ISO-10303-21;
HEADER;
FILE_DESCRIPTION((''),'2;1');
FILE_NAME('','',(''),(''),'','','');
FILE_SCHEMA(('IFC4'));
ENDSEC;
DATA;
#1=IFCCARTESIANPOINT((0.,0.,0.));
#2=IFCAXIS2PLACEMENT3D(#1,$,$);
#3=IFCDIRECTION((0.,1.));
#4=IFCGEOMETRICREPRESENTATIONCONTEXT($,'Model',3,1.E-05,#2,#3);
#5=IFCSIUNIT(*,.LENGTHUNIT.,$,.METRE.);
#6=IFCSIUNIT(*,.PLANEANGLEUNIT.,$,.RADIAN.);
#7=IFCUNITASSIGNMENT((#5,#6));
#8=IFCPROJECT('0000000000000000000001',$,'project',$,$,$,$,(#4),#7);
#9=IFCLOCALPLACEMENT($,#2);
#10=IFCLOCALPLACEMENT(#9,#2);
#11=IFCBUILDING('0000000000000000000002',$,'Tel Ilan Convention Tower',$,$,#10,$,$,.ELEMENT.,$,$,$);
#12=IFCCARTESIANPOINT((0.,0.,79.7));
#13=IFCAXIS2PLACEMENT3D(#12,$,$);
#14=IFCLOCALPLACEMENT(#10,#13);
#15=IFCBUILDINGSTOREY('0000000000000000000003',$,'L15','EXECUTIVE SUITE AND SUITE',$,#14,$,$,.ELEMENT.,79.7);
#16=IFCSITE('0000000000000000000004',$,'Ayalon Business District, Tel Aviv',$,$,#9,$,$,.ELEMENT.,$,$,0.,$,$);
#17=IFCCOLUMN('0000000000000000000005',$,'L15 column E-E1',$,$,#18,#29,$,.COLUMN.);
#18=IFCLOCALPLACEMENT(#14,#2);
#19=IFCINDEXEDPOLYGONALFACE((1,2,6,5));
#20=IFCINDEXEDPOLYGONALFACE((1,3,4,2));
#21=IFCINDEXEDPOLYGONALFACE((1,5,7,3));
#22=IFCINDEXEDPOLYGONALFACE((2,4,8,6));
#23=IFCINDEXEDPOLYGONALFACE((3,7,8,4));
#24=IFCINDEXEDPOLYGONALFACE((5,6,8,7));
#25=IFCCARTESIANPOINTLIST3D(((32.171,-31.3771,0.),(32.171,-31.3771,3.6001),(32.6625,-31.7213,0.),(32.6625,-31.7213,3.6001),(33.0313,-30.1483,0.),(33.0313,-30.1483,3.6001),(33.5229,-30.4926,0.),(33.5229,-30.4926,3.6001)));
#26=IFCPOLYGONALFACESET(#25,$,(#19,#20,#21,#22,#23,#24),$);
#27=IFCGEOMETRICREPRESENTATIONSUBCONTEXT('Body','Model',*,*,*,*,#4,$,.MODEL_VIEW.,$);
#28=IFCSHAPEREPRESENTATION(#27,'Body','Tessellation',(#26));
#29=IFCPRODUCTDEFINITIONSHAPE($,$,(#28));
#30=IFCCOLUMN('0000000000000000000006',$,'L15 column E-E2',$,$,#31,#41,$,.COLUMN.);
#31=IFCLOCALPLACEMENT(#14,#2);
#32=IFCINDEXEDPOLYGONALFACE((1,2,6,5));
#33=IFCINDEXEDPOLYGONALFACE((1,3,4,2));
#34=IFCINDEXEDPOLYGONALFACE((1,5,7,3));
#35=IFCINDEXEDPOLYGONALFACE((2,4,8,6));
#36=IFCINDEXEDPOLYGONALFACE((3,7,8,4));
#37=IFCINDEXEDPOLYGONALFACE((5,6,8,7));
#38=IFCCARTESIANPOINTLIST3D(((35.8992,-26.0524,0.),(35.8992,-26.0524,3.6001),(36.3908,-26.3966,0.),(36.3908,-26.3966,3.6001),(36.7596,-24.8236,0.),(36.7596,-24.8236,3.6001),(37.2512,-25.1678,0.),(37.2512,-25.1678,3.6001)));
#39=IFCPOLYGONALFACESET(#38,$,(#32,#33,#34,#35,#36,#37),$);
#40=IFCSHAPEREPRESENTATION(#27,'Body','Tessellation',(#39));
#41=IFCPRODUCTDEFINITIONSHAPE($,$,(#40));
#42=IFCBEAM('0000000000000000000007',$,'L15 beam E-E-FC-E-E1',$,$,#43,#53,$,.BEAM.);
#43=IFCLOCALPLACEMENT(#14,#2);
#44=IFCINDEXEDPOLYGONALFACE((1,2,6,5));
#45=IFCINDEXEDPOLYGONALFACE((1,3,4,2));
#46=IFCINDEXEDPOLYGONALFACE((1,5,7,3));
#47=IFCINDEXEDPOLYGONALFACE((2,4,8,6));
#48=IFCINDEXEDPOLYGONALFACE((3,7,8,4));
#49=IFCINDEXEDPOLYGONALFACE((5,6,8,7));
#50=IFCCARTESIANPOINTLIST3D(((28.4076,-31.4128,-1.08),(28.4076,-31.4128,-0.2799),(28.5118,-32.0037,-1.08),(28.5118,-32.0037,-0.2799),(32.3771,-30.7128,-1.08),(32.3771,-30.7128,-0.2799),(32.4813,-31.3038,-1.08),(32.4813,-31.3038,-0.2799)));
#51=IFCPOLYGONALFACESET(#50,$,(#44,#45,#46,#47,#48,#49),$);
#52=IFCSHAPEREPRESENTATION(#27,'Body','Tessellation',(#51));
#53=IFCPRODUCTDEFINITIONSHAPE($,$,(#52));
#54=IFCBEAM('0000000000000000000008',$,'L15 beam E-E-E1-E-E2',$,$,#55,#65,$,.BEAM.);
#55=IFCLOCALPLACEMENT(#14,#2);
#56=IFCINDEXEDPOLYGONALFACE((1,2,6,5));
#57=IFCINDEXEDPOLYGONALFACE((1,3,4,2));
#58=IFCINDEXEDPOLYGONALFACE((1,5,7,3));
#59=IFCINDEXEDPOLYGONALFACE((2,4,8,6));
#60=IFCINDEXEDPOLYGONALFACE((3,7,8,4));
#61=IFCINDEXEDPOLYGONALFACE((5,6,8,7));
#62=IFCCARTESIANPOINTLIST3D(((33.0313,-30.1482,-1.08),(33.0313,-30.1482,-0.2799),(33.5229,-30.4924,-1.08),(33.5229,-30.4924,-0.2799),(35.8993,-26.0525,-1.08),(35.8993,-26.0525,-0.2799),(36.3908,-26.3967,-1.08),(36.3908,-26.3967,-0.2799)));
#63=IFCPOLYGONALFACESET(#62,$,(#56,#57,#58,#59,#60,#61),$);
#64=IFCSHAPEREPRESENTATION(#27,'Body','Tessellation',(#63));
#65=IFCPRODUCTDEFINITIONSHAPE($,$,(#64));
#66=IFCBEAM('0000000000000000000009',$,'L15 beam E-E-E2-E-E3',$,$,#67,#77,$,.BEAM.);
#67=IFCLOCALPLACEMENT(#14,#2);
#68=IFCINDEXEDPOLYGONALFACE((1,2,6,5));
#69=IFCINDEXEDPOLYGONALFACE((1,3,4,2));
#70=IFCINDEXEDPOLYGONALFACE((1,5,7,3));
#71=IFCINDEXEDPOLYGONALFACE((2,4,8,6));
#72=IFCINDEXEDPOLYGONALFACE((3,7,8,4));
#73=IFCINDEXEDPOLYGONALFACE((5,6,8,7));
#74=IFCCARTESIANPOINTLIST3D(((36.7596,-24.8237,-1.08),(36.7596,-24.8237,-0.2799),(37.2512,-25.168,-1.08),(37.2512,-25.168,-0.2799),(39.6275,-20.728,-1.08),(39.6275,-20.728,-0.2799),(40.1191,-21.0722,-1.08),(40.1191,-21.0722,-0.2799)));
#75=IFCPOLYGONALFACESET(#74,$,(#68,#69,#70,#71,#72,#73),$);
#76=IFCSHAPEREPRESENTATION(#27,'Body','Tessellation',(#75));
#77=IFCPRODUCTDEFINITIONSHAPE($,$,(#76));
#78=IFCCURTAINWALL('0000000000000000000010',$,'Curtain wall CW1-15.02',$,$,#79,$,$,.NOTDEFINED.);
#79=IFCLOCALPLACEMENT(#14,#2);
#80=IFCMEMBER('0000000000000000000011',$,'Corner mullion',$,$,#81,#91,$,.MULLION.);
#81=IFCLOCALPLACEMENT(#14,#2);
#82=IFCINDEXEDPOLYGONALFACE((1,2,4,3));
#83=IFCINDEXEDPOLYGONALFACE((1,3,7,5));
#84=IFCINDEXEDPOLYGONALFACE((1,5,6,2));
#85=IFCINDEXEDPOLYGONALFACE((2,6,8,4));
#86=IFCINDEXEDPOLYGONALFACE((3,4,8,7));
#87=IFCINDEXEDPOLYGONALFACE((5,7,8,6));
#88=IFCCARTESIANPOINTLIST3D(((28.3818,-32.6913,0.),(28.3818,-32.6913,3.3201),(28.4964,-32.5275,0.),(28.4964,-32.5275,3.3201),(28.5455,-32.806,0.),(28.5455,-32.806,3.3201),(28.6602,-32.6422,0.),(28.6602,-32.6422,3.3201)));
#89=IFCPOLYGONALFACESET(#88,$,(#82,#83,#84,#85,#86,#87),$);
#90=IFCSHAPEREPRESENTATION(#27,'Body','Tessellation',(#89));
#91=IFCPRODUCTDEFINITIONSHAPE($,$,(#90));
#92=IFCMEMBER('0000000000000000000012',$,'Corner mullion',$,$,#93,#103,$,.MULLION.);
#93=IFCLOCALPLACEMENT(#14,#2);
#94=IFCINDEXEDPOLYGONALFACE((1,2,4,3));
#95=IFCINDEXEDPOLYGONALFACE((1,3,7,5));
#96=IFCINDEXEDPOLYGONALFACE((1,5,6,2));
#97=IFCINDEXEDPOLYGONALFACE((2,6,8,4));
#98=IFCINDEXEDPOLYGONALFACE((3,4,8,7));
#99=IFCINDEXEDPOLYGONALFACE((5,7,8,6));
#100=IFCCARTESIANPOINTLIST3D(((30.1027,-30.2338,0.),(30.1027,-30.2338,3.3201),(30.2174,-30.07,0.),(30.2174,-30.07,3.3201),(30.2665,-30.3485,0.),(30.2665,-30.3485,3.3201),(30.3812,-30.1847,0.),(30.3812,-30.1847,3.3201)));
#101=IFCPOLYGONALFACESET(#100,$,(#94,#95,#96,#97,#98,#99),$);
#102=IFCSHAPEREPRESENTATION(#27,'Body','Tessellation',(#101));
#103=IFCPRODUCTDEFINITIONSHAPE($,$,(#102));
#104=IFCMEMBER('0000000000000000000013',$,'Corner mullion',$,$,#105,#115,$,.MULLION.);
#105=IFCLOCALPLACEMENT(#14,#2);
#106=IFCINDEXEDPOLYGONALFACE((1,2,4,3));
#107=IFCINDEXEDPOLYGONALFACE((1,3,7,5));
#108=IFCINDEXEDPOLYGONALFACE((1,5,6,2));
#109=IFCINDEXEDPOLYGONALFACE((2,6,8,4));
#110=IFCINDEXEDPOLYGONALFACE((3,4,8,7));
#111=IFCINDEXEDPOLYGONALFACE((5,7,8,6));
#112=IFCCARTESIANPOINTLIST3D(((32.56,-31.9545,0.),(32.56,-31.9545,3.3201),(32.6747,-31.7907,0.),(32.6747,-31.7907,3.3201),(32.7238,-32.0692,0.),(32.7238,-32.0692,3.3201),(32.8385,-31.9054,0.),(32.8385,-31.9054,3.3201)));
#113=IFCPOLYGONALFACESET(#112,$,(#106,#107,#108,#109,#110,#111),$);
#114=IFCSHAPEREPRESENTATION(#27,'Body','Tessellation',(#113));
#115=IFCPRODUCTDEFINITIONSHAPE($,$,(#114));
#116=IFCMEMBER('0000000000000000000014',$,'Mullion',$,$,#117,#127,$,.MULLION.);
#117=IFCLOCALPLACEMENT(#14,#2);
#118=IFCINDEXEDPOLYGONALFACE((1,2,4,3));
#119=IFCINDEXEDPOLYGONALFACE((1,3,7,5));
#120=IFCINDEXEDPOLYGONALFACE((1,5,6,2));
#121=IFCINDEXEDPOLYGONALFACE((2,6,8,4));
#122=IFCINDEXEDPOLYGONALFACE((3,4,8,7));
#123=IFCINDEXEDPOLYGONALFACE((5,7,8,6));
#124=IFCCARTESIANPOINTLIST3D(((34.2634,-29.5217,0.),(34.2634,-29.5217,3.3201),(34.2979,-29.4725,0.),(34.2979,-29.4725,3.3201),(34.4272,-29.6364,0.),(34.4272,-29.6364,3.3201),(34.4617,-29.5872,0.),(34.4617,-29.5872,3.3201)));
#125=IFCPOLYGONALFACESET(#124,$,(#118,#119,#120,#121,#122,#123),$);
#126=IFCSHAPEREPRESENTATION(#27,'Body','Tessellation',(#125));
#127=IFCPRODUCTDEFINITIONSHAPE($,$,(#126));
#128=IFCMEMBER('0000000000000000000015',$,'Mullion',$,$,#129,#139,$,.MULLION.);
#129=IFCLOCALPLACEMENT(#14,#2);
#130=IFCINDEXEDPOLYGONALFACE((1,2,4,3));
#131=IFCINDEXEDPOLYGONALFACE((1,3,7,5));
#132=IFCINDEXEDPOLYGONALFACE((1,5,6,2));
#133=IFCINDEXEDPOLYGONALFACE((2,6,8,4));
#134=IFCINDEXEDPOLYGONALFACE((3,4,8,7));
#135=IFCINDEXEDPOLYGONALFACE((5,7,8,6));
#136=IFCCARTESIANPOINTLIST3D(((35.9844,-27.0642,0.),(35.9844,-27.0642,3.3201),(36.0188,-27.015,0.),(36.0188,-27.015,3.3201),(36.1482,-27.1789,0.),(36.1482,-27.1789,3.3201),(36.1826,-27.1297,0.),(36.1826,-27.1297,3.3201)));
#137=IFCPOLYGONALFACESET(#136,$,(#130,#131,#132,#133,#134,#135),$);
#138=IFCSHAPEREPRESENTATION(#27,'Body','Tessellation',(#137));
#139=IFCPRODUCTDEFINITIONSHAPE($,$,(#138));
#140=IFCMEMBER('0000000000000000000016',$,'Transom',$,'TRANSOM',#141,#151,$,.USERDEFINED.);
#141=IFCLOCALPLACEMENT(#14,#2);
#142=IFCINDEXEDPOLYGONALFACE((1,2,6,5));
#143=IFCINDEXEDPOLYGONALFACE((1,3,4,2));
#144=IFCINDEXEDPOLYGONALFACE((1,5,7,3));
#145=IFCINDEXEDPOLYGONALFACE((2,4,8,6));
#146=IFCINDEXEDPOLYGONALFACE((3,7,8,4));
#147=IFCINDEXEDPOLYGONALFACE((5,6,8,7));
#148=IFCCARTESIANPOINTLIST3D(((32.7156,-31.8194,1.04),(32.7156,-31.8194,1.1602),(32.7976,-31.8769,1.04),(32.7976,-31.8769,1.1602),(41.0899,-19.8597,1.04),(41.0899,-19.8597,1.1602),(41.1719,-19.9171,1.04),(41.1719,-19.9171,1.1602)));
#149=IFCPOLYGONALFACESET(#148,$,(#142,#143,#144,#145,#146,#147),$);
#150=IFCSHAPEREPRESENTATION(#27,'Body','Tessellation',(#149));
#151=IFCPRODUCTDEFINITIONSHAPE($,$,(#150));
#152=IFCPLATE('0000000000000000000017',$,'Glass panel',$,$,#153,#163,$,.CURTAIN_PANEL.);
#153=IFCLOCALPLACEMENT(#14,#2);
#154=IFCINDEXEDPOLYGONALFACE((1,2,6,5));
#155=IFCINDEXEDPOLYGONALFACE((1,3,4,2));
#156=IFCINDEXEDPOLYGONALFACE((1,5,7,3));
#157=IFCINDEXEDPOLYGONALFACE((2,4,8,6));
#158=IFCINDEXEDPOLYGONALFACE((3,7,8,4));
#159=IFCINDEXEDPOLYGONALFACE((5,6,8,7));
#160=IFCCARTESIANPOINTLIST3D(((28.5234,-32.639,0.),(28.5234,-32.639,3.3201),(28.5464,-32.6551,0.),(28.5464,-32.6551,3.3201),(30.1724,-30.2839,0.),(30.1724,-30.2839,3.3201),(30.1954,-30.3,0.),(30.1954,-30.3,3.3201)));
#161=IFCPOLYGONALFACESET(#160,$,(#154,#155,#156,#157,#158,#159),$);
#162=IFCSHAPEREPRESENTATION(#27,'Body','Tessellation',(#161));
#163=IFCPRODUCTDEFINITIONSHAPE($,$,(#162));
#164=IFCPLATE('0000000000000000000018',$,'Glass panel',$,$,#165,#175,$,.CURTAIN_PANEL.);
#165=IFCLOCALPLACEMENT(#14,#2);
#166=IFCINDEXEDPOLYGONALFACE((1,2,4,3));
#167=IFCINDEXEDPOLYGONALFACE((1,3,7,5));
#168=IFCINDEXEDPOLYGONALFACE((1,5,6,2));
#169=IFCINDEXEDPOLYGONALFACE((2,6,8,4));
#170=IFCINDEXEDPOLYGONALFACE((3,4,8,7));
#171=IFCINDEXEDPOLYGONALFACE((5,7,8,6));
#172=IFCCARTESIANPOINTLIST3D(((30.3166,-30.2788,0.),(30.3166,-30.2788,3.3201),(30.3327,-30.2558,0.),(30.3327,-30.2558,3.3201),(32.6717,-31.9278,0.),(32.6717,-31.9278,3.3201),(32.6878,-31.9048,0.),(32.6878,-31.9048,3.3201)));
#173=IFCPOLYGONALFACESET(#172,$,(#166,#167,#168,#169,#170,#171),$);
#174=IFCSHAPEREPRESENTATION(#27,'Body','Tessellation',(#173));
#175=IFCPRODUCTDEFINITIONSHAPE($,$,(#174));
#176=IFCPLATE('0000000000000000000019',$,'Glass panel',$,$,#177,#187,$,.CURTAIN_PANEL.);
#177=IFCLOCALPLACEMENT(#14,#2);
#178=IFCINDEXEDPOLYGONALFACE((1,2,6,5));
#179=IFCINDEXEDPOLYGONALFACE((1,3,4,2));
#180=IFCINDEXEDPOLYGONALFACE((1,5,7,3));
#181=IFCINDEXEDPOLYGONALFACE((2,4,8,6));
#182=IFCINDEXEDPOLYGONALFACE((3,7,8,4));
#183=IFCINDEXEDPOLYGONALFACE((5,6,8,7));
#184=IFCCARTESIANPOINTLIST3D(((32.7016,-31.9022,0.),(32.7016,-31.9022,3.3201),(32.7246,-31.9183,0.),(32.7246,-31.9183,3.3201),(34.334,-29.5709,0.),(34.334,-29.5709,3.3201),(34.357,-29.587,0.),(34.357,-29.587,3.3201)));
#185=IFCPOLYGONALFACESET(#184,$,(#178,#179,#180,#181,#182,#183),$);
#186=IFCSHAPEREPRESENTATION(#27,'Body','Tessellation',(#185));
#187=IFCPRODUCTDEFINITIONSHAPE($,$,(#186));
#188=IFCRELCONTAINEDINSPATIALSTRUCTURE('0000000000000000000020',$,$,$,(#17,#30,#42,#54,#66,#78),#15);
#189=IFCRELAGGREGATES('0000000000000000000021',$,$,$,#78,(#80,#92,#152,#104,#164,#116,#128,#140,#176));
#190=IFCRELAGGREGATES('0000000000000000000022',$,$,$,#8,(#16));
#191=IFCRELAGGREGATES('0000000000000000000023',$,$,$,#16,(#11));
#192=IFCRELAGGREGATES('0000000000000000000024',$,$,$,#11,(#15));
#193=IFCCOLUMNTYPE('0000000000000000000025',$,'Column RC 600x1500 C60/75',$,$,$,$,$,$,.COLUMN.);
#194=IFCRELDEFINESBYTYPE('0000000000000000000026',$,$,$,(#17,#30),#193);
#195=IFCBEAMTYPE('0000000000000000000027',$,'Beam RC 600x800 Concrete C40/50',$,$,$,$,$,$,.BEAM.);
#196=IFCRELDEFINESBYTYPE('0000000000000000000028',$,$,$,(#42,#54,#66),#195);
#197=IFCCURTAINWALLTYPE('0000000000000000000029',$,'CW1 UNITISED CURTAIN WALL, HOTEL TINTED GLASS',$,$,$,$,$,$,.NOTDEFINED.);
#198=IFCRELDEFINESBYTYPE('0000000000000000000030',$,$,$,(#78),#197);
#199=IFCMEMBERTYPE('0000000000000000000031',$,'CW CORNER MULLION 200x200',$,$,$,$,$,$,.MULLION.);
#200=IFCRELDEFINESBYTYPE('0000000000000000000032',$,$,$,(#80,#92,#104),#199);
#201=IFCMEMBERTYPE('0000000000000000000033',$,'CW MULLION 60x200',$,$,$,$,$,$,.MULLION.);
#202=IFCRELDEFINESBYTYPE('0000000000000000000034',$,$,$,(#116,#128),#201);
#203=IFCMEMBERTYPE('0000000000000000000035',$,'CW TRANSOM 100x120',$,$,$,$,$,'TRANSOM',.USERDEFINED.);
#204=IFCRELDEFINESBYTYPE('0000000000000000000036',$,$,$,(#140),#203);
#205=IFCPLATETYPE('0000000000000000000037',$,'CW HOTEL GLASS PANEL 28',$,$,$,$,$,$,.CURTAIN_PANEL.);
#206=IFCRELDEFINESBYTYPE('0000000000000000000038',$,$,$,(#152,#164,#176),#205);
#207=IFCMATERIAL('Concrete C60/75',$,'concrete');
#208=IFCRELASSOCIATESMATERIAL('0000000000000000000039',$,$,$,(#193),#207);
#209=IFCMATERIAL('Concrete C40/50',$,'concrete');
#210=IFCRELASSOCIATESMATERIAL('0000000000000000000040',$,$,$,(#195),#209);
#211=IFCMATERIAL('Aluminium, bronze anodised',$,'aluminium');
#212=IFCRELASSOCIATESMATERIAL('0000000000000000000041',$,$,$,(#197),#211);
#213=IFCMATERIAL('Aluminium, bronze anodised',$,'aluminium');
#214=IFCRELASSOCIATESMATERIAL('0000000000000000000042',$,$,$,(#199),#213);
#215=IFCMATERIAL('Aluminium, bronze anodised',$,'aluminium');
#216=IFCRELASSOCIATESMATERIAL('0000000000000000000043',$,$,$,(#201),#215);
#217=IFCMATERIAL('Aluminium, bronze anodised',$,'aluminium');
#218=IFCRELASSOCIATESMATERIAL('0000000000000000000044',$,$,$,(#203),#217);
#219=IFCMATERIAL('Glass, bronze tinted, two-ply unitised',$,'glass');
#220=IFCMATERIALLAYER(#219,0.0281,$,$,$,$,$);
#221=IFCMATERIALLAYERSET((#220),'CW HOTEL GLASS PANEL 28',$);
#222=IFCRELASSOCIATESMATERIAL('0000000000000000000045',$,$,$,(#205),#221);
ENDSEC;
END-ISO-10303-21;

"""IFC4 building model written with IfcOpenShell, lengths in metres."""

from ifc_helpers import new_model, si_unit, direction, frame, origin, origin_2d, place, context, subcontext, project, spatial, rectangle, extrude, material, layer, layer_set, material_profile, profile_set, type_object, element, aggregate, save


model = new_model("IFC4")

# Units and contexts
model_context = context("Model", 3, precision=1e-05, world=origin(), true_north=direction((0.0, 1.0)))
body_context = subcontext(model_context, "Body", "Model", "MODEL_VIEW")
ifc_project = project(units=[si_unit("LENGTHUNIT", "METRE"), si_unit("PLANEANGLEUNIT", "RADIAN")], contexts=[model_context])

# Site, building, storey
site_placement = place(None, origin())
site = spatial("IfcSite", under=ifc_project, at=site_placement, Name="Ayalon Business District, Tel Aviv", CompositionType="ELEMENT", RefElevation=0.0)
building_placement = place(site_placement, origin())
building = spatial("IfcBuilding", under=site, at=building_placement, Name="Tel Ilan Convention Tower", CompositionType="ELEMENT")
storey_placement = place(building_placement, frame((0.0, 0.0, 79.7)))
storey = spatial("IfcBuildingStorey", under=building, at=storey_placement, Name="L15", Description="EXECUTIVE SUITE AND SUITE", CompositionType="ELEMENT", Elevation=79.7)

# Columns
ifc_material_1 = material(Name="Concrete C60/75", Category="concrete")
ifc_material_profile_1 = material_profile(ifc_material_1, rectangle(XDim=1.5, YDim=0.6001, at=origin_2d()), Name="RC 600x1500")
ifc_profile_set_1 = profile_set([ifc_material_profile_1], Name="Concrete C60/75")
column_type = type_object("IfcColumnType", Name="Column RC 600x1500 C60/75", PredefinedType="COLUMN", material=ifc_profile_set_1)
for number, where, z_axis, x_axis, name in (
    (1, (32.8469, -30.9348, 0.0), (0.0, 0.0, 1.0), (0.573576, 0.819152, 0.0), "L15 column E-E1"),
    (2, (36.5752, -25.6101, 0.0), (0.0, 0.0, 1.0), (0.573576, 0.819152, 0.0), "L15 column E-E2"),
):
    element("IfcColumn", number, at=place(storey_placement, frame(where, z_axis=z_axis, x_axis=x_axis)), inside=storey, type_object=column_type, Name=name, PredefinedType="COLUMN", context=body_context, shape_type="SweptSolid", body=[
        extrude(rectangle(XDim=1.5, YDim=0.6001, at=origin_2d()), origin(), (0.0, 0.0, 1.0), 3.6001),
    ])

# Beams
ifc_material_2 = material(Name="Concrete C40/50", Category="concrete")
ifc_material_profile_2 = material_profile(ifc_material_2, rectangle(XDim=0.6001, YDim=0.8, at=origin_2d()), Name="RC 600x800")
ifc_profile_set_2 = profile_set([ifc_material_profile_2], Name="Concrete C40/50")
beam_type = type_object("IfcBeamType", Name="Beam RC 600x800 Concrete C40/50", PredefinedType="BEAM", material=ifc_profile_set_2)
beam_placement = place(storey_placement, frame((28.4597, -31.7083, -0.6799), z_axis=(0.984807, 0.173654, 0.0), x_axis=(-0.173654, 0.984807, 0.0)))
element("IfcBeam", 3, at=beam_placement, inside=storey, type_object=beam_type, Name="L15 beam E-E-FC-E-E1", PredefinedType="BEAM", context=body_context, shape_type="SweptSolid", body=[
    extrude(rectangle(XDim=0.6001, YDim=0.8, at=origin_2d()), origin(), (0.0, 0.0, 1.0), 4.0308),
])
for number, where, z_axis, x_axis, name in (
    (4, (33.2771, -30.3203, -0.6799), (0.573587, 0.819145, 0.0), (-0.819145, 0.573587, 0.0), "L15 beam E-E-E1-E-E2"),
    (5, (37.0054, -24.9958, -0.6799), (0.573587, 0.819145, 0.0), (-0.819145, 0.573587, 0.0), "L15 beam E-E-E2-E-E3"),
):
    element("IfcBeam", number, at=place(storey_placement, frame(where, z_axis=z_axis, x_axis=x_axis)), inside=storey, type_object=beam_type, Name=name, PredefinedType="BEAM", context=body_context, shape_type="SweptSolid", body=[
        extrude(rectangle(XDim=0.6001, YDim=0.8, at=origin_2d()), origin(), (0.0, 0.0, 1.0), 5.0),
    ])

# Curtain wall, members, plates
ifc_material_3 = material(Name="Aluminium, bronze anodised", Category="aluminium")
curtain_wall_type = type_object("IfcCurtainWallType", Name="CW1 UNITISED CURTAIN WALL, HOTEL TINTED GLASS", PredefinedType="NOTDEFINED", material=ifc_material_3)
curtain_wall_placement = place(storey_placement, origin())
curtain_wall = element("IfcCurtainWall", 6, at=curtain_wall_placement, inside=storey, type_object=curtain_wall_type, Name="Curtain wall CW1-15.02", PredefinedType="NOTDEFINED")
ifc_material_4 = material(Name="Aluminium, bronze anodised", Category="aluminium")
ifc_material_profile_3 = material_profile(ifc_material_4, rectangle(XDim=0.2, YDim=0.2, at=origin_2d()), Name="CW CORNER MULLION 200x200")
ifc_profile_set_3 = profile_set([ifc_material_profile_3], Name="Aluminium, bronze anodised")
member_type_1 = type_object("IfcMemberType", Name="CW CORNER MULLION 200x200", PredefinedType="MULLION", material=ifc_profile_set_3)
member_1_placement = place(storey_placement, frame((28.521, -32.6667, 0.0), z_axis=(0.0, 0.0, 1.0), x_axis=(0.819152, -0.573576, 0.0)))
member_1 = element("IfcMember", 7, at=member_1_placement, type_object=member_type_1, Name="Corner mullion", PredefinedType="MULLION", context=body_context, shape_type="SweptSolid", body=[
    extrude(rectangle(XDim=0.2, YDim=0.2, at=origin_2d()), origin(), (0.0, 0.0, 1.0), 3.3201),
])
member_2_placement = place(storey_placement, frame((30.2419, -30.2092, 0.0), z_axis=(0.0, 0.0, 1.0), x_axis=(0.573576, 0.819152, 0.0)))
member_2 = element("IfcMember", 8, at=member_2_placement, type_object=member_type_1, Name="Corner mullion", PredefinedType="MULLION", context=body_context, shape_type="SweptSolid", body=[
    extrude(rectangle(XDim=0.2, YDim=0.2, at=origin_2d()), origin(), (0.0, 0.0, 1.0), 3.3201),
])
member_3_placement = place(storey_placement, frame((32.6992, -31.9299, 0.0), z_axis=(0.0, 0.0, 1.0), x_axis=(0.819152, -0.573576, 0.0)))
member_3 = element("IfcMember", 9, at=member_3_placement, type_object=member_type_1, Name="Corner mullion", PredefinedType="MULLION", context=body_context, shape_type="SweptSolid", body=[
    extrude(rectangle(XDim=0.2, YDim=0.2, at=origin_2d()), origin(), (0.0, 0.0, 1.0), 3.3201),
])
ifc_material_5 = material(Name="Aluminium, bronze anodised", Category="aluminium")
ifc_material_profile_4 = material_profile(ifc_material_5, rectangle(XDim=0.0601, YDim=0.2, at=origin_2d()), Name="CW MULLION 60x200")
ifc_profile_set_4 = profile_set([ifc_material_profile_4], Name="Aluminium, bronze anodised")
member_type_2 = type_object("IfcMemberType", Name="CW MULLION 60x200", PredefinedType="MULLION", material=ifc_profile_set_4)
member_4_placement = place(storey_placement, frame((34.3625, -29.5544, 0.0), z_axis=(0.0, 0.0, 1.0), x_axis=(0.573576, 0.819152, 0.0)))
member_4 = element("IfcMember", 10, at=member_4_placement, type_object=member_type_2, Name="Mullion", PredefinedType="MULLION", context=body_context, shape_type="SweptSolid", body=[
    extrude(rectangle(XDim=0.0601, YDim=0.2, at=origin_2d()), origin(), (0.0, 0.0, 1.0), 3.3201),
])
member_5_placement = place(storey_placement, frame((36.0835, -27.0969, 0.0), z_axis=(0.0, 0.0, 1.0), x_axis=(0.573576, 0.819152, 0.0)))
member_5 = element("IfcMember", 11, at=member_5_placement, type_object=member_type_2, Name="Mullion", PredefinedType="MULLION", context=body_context, shape_type="SweptSolid", body=[
    extrude(rectangle(XDim=0.0601, YDim=0.2, at=origin_2d()), origin(), (0.0, 0.0, 1.0), 3.3201),
])
ifc_material_6 = material(Name="Aluminium, bronze anodised", Category="aluminium")
ifc_material_profile_5 = material_profile(ifc_material_6, rectangle(XDim=0.1001, YDim=0.1201, at=origin_2d()), Name="CW TRANSOM 100x120")
ifc_profile_set_5 = profile_set([ifc_material_profile_5], Name="Aluminium, bronze anodised")
member_type_3 = type_object("IfcMemberType", Name="CW TRANSOM 100x120", ElementType="TRANSOM", PredefinedType="USERDEFINED", material=ifc_profile_set_5)
member_6_placement = place(storey_placement, frame((32.7566, -31.8481, 1.1001), z_axis=(0.573576, 0.819153, 0.0), x_axis=(-0.819153, 0.573576, 0.0)))
member_6 = element("IfcMember", 12, at=member_6_placement, type_object=member_type_3, Name="Transom", ObjectType="TRANSOM", PredefinedType="USERDEFINED", context=body_context, shape_type="SweptSolid", body=[
    extrude(rectangle(XDim=0.1001, YDim=0.1201, at=origin_2d()), origin(), (0.0, 0.0, 1.0), 14.6001),
])
ifc_material_7 = material(Name="Glass, bronze tinted, two-ply unitised", Category="glass")
ifc_layer_1 = layer(ifc_material_7, 0.0281)
ifc_layer_set_1 = layer_set([ifc_layer_1], Name="CW HOTEL GLASS PANEL 28")
plate_type = type_object("IfcPlateType", Name="CW HOTEL GLASS PANEL 28", PredefinedType="CURTAIN_PANEL", material=ifc_layer_set_1)
plate_1_placement = place(storey_placement, frame((29.3594, -31.4695, 0.0), z_axis=(0.0, 0.0, 1.0), x_axis=(0.573576, 0.819152, 0.0)))
plate_1 = element("IfcPlate", 13, at=plate_1_placement, type_object=plate_type, Name="Glass panel", PredefinedType="CURTAIN_PANEL", context=body_context, shape_type="SweptSolid", body=[
    extrude(rectangle(XDim=2.875, YDim=0.0281, at=origin_2d()), origin(), (0.0, 0.0, 1.0), 3.3201),
])
plate_2_placement = place(storey_placement, frame((31.5022, -31.0918, 0.0), z_axis=(0.0, 0.0, 1.0), x_axis=(0.819152, -0.573576, 0.0)))
plate_2 = element("IfcPlate", 14, at=plate_2_placement, type_object=plate_type, Name="Glass panel", PredefinedType="CURTAIN_PANEL", context=body_context, shape_type="SweptSolid", body=[
    extrude(rectangle(XDim=2.875, YDim=0.0281, at=origin_2d()), origin(), (0.0, 0.0, 1.0), 3.3201),
])
plate_3_placement = place(storey_placement, frame((33.5293, -30.7446, 0.0), z_axis=(0.0, 0.0, 1.0), x_axis=(0.573576, 0.819152, 0.0)))
plate_3 = element("IfcPlate", 15, at=plate_3_placement, type_object=plate_type, Name="Glass panel", PredefinedType="CURTAIN_PANEL", context=body_context, shape_type="SweptSolid", body=[
    extrude(rectangle(XDim=2.8459, YDim=0.0281, at=origin_2d()), origin(), (0.0, 0.0, 1.0), 3.3201),
])
aggregate(curtain_wall, [member_1, member_2, plate_1, member_3, plate_2, member_4, member_5, member_6, plate_3])

save(model, "model.ifc")
